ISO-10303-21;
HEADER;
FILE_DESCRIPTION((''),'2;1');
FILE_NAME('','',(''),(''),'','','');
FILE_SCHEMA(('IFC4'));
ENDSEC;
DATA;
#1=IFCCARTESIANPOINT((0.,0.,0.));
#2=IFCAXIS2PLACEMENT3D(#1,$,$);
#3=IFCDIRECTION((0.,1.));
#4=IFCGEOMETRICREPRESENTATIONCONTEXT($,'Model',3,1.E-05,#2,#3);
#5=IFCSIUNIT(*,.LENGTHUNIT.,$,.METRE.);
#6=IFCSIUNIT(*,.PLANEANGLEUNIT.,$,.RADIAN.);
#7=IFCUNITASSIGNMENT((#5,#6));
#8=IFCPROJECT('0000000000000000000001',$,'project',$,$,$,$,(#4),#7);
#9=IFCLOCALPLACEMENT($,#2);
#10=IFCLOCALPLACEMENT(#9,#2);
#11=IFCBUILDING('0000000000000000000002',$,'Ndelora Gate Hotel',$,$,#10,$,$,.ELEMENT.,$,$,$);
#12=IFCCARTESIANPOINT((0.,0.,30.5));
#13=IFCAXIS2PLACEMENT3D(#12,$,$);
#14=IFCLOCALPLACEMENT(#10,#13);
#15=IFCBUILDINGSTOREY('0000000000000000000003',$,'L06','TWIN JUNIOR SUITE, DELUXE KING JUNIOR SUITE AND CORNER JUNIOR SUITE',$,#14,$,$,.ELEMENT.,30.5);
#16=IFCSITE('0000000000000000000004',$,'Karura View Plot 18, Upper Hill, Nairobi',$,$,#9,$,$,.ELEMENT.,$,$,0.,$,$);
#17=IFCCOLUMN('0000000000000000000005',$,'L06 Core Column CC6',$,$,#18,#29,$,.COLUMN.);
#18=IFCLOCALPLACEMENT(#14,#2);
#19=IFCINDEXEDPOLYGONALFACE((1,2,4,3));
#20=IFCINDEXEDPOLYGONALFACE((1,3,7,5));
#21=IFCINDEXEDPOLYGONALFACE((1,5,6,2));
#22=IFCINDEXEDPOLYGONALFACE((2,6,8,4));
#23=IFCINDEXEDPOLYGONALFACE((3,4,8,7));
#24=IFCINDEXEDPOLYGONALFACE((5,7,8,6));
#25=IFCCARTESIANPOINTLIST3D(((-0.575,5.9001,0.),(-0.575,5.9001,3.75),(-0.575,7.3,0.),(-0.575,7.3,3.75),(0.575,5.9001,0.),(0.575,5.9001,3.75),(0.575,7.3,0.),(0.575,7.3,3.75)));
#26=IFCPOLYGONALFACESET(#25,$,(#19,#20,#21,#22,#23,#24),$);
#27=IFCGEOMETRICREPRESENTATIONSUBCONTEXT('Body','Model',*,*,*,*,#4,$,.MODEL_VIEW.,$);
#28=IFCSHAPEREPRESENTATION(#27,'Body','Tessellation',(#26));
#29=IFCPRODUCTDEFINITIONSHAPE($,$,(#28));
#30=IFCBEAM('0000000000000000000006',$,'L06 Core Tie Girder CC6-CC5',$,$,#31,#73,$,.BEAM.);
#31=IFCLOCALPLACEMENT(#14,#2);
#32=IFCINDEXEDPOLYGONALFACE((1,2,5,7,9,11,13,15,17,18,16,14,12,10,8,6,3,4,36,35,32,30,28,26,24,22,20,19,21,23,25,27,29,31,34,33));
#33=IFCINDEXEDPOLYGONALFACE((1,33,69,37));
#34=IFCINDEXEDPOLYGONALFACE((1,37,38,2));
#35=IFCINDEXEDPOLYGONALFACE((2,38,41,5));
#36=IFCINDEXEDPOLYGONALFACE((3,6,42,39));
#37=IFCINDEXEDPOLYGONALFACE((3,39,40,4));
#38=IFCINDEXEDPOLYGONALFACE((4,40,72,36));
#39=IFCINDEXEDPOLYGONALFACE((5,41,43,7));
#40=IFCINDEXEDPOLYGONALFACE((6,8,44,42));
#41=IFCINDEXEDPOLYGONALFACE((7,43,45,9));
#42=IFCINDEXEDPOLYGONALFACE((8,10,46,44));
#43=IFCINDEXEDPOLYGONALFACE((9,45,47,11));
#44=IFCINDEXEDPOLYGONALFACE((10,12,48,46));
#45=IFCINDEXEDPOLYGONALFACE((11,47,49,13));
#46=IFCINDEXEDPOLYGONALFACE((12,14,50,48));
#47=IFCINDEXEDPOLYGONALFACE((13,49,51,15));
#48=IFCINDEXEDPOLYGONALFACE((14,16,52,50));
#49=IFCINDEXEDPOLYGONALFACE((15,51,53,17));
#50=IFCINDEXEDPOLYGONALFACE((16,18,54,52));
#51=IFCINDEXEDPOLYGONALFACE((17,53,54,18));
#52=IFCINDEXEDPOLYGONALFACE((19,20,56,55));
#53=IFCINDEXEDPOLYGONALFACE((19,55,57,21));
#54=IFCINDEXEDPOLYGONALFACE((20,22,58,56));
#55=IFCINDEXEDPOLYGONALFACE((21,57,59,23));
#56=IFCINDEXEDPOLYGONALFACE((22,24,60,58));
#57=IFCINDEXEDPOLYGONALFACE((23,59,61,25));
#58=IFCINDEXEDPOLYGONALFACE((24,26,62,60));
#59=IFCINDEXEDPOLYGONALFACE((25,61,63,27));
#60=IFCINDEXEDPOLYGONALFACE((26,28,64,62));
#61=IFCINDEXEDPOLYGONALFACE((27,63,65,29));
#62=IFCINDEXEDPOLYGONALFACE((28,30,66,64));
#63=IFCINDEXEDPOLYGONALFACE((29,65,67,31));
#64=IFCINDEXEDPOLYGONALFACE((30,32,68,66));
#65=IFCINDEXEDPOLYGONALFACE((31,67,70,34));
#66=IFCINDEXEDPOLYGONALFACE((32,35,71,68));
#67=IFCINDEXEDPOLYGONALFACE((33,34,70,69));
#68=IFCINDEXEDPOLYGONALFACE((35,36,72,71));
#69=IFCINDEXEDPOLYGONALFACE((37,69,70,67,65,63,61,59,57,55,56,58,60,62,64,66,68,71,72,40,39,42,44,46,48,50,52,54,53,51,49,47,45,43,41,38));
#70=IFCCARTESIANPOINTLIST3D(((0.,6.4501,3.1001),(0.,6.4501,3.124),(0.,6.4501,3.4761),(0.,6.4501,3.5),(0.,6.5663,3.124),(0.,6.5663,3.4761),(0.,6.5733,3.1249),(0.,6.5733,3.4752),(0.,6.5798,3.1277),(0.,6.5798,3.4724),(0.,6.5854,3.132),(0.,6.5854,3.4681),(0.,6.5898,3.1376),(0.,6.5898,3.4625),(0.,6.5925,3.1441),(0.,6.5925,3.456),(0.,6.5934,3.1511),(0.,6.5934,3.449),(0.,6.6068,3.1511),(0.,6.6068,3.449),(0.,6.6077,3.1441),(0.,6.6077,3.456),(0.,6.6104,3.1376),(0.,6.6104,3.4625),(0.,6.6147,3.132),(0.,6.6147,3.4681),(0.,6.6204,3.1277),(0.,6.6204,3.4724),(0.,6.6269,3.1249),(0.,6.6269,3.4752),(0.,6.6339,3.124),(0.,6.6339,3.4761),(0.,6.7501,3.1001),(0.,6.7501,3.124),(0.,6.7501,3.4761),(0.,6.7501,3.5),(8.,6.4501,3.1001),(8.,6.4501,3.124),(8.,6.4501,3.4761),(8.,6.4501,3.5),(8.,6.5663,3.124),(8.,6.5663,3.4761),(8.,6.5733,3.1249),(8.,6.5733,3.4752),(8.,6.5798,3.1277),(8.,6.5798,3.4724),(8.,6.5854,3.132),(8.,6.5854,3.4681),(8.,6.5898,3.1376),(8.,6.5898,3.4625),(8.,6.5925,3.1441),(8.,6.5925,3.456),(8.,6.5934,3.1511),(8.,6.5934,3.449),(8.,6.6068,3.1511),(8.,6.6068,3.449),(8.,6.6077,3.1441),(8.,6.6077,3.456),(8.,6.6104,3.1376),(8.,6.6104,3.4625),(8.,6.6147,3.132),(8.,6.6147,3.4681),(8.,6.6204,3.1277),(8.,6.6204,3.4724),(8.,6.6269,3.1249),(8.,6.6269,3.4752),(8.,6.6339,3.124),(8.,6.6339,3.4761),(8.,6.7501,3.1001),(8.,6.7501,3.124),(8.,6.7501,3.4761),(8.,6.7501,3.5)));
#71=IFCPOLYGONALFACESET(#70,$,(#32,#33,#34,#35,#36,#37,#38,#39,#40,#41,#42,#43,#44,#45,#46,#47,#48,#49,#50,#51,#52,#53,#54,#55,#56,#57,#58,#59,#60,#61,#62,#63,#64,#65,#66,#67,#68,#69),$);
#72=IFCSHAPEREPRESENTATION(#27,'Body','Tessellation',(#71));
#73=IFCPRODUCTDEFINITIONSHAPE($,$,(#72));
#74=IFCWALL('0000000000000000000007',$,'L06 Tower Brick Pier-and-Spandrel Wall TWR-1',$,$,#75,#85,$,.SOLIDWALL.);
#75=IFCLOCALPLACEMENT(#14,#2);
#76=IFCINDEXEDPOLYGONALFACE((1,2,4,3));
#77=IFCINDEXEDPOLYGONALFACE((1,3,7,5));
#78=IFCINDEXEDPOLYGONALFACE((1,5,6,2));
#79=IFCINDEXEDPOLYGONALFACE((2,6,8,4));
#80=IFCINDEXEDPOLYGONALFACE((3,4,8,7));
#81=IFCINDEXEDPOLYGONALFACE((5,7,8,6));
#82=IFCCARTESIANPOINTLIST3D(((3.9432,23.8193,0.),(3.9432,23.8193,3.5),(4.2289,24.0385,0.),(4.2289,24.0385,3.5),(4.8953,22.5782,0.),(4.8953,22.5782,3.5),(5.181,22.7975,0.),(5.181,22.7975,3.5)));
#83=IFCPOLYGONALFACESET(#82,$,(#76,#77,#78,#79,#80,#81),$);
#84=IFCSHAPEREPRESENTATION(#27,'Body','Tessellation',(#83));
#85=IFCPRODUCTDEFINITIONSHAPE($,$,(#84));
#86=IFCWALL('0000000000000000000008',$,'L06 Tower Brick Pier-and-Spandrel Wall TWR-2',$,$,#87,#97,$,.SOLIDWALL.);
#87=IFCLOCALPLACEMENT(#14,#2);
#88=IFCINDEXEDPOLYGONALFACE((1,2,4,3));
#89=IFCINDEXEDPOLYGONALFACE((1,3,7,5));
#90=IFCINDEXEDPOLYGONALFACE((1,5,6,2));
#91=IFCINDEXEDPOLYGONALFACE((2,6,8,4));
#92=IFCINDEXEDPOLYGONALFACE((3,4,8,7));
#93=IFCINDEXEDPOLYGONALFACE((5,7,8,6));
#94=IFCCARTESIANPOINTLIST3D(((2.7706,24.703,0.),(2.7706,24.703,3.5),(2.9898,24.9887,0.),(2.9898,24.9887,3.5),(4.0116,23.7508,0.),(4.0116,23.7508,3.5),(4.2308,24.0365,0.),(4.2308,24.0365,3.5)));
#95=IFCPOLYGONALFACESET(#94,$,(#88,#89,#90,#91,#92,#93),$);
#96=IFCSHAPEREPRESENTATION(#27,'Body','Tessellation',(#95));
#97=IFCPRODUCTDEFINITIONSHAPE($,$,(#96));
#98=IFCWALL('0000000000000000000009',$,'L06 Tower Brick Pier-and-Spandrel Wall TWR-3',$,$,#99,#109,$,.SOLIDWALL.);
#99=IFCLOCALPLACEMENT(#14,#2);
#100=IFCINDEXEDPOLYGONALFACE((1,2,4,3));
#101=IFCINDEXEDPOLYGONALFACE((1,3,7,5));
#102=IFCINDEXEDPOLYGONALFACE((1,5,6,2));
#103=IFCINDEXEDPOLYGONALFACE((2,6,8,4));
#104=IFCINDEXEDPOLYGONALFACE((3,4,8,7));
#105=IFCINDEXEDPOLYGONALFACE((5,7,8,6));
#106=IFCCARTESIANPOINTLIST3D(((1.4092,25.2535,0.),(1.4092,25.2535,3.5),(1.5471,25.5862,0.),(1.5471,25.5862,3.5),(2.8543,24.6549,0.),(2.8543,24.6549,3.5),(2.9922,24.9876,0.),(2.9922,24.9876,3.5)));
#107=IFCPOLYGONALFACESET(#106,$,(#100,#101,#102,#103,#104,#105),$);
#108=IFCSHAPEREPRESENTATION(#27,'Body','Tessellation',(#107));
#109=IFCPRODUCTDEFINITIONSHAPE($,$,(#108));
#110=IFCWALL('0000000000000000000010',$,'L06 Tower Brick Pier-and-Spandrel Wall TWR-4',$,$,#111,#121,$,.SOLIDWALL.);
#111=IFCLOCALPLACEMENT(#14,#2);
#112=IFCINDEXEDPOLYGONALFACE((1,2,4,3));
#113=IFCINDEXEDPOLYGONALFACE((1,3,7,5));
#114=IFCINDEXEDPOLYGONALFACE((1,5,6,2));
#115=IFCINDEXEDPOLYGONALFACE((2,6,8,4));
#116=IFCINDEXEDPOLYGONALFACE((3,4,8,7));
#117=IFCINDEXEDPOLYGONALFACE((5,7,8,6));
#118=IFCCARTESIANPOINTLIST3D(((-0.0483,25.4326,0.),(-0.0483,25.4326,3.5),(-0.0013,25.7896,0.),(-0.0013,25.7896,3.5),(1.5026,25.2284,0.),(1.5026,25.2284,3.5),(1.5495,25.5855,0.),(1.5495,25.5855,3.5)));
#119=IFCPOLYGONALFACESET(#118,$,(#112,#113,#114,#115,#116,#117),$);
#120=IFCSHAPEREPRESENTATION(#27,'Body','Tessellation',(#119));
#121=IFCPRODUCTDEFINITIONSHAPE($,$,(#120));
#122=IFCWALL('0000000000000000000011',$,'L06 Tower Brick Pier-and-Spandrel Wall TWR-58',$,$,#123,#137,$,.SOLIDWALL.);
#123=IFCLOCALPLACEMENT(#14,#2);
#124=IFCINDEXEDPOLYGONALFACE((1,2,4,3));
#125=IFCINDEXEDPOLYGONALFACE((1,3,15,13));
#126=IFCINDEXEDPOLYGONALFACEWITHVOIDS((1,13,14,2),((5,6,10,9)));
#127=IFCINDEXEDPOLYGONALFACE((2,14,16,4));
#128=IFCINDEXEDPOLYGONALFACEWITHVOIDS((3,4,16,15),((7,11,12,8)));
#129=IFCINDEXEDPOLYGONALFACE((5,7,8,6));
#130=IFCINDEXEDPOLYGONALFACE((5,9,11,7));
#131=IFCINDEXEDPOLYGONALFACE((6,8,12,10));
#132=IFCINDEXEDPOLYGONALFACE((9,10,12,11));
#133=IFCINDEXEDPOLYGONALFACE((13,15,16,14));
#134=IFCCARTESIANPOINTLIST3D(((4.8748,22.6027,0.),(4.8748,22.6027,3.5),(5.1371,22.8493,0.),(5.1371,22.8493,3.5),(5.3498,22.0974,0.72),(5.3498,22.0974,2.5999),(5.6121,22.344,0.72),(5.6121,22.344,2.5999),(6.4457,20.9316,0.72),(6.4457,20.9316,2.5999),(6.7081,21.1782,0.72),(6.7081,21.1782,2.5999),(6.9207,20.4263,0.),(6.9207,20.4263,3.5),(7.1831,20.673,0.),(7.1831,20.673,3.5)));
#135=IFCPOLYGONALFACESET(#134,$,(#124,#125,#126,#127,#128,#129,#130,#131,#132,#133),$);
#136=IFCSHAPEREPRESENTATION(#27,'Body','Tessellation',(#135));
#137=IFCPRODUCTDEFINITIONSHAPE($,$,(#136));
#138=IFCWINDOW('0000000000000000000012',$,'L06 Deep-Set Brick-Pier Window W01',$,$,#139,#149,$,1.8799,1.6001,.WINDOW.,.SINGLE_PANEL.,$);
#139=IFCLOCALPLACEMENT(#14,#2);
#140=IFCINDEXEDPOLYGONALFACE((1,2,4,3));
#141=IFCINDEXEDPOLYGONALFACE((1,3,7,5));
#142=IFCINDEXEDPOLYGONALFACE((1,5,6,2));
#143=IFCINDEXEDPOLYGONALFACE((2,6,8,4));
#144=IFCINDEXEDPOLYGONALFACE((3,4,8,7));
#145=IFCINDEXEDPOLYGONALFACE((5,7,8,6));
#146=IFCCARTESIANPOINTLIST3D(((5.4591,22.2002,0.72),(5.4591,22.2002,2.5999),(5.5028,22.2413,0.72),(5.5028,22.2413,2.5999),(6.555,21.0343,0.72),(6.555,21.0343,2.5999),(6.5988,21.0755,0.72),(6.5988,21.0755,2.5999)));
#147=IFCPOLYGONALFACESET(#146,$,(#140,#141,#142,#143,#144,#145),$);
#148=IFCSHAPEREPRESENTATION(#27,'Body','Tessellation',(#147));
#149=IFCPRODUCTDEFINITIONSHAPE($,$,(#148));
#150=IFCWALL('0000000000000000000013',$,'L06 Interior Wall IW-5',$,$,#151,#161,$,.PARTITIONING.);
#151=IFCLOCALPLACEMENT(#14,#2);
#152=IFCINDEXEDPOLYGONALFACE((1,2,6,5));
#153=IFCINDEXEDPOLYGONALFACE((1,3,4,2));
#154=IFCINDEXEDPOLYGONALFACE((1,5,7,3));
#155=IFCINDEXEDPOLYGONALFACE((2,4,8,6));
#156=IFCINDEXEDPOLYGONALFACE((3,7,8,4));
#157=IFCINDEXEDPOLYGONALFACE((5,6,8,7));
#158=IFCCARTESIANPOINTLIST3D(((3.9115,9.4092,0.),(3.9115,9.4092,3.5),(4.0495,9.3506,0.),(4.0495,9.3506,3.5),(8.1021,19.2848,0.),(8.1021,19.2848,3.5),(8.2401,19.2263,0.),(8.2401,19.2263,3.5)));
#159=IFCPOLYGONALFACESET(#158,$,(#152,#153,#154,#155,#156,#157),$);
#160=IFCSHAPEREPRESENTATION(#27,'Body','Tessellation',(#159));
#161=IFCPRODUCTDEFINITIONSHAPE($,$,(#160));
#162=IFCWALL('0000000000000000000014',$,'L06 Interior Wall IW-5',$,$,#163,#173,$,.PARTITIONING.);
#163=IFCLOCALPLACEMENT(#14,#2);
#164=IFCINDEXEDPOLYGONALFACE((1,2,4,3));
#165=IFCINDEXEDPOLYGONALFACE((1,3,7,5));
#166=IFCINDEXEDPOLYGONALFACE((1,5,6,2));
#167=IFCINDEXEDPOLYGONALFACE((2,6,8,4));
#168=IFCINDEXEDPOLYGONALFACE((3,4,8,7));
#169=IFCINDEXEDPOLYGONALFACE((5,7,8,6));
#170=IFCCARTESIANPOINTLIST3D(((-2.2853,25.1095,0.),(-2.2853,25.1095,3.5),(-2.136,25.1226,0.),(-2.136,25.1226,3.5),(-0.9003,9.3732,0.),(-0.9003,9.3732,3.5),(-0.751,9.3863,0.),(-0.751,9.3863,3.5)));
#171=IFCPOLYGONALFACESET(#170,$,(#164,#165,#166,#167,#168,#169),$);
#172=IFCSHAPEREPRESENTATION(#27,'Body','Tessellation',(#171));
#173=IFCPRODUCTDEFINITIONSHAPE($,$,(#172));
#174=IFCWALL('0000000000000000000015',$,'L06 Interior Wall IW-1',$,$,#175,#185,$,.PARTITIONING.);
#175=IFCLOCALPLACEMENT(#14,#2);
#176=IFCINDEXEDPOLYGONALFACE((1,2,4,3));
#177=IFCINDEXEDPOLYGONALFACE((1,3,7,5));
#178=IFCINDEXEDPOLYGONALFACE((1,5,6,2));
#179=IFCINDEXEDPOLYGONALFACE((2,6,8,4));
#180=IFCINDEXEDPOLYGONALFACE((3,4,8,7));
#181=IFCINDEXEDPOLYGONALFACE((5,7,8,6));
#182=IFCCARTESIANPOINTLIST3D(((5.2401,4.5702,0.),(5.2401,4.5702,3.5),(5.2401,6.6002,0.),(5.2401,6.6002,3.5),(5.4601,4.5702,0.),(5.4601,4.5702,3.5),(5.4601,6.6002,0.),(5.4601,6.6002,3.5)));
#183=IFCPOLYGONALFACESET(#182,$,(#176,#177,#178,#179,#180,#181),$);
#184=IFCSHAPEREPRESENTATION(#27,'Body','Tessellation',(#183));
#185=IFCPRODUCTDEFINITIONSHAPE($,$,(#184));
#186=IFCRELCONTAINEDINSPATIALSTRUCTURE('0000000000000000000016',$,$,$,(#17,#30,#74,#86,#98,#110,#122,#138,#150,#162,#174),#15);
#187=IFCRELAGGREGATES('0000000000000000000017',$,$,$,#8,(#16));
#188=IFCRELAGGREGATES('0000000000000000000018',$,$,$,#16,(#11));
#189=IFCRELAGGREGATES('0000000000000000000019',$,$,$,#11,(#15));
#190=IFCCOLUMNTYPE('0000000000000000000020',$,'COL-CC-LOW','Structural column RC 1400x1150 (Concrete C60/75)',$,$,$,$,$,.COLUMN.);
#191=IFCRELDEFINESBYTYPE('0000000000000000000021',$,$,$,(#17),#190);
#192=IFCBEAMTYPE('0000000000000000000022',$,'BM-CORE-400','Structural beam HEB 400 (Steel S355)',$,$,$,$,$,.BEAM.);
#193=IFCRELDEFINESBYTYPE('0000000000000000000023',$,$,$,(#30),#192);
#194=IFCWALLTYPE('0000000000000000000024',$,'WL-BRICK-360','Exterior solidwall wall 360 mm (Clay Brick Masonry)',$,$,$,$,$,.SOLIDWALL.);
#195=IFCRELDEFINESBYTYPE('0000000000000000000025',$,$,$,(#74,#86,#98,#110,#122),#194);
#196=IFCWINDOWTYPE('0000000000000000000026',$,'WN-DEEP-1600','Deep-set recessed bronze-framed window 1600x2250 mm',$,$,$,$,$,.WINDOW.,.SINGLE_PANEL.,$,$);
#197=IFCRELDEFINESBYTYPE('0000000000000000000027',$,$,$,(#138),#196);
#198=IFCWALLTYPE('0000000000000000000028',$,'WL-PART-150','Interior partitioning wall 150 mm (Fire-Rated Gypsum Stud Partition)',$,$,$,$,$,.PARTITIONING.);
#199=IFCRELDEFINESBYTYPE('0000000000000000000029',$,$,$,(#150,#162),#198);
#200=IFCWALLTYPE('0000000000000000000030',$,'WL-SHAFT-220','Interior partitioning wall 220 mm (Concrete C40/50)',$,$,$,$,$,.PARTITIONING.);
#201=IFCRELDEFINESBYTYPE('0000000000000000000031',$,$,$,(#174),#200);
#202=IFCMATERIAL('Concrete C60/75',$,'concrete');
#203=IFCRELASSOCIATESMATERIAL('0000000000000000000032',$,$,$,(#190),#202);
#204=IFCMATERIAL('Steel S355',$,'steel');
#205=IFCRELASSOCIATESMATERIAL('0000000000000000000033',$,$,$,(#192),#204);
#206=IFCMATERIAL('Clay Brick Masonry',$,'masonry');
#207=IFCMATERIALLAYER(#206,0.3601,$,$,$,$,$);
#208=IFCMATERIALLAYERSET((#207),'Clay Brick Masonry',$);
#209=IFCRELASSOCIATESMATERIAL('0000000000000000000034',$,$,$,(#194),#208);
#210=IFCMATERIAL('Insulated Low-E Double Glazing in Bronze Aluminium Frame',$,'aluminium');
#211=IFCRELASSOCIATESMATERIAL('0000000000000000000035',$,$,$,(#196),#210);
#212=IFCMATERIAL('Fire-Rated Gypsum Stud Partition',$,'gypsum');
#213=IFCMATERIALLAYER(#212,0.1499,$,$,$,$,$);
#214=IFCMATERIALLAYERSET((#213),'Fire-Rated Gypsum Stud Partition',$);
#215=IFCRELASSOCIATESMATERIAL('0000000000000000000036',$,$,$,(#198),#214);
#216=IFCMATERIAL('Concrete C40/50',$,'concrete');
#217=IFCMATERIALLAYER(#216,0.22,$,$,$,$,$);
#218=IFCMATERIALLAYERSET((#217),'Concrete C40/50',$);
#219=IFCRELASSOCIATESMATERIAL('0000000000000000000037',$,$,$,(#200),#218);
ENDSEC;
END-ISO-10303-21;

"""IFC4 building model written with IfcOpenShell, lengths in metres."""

from ifc_helpers import new_model, si_unit, direction, frame, frame_2d, origin, origin_2d, place, context, subcontext, project, spatial, rectangle, i_section, extrude, material, layer, layer_set, material_profile, profile_set, type_object, element, fill, save


model = new_model("IFC4")

# Units and contexts
model_context = context("Model", 3, precision=1e-05, world=origin(), true_north=direction((0.0, 1.0)))
body_context = subcontext(model_context, "Body", "Model", "MODEL_VIEW")
ifc_project = project(units=[si_unit("LENGTHUNIT", "METRE"), si_unit("PLANEANGLEUNIT", "RADIAN")], contexts=[model_context])

# Site, building, storey
site_placement = place(None, origin())
site = spatial("IfcSite", under=ifc_project, at=site_placement, Name="Karura View Plot 18, Upper Hill, Nairobi", CompositionType="ELEMENT", RefElevation=0.0)
building_placement = place(site_placement, origin())
building = spatial("IfcBuilding", under=site, at=building_placement, Name="Ndelora Gate Hotel", CompositionType="ELEMENT")
storey_placement = place(building_placement, frame((0.0, 0.0, 30.5)))
storey = spatial("IfcBuildingStorey", under=building, at=storey_placement, Name="L06", Description="TWIN JUNIOR SUITE, DELUXE KING JUNIOR SUITE AND CORNER JUNIOR SUITE", CompositionType="ELEMENT", Elevation=30.5)

# Column
ifc_material_1 = material(Name="Concrete C60/75", Category="concrete")
ifc_material_profile_1 = material_profile(ifc_material_1, rectangle(XDim=1.1499, YDim=1.3999, at=origin_2d()), Name="RC 1400x1150")
ifc_profile_set_1 = profile_set([ifc_material_profile_1], Name="Concrete C60/75")
column_type = type_object("IfcColumnType", Name="COL-CC-LOW", Description="Structural column RC 1400x1150 (Concrete C60/75)", PredefinedType="COLUMN", material=ifc_profile_set_1)
column_placement = place(storey_placement, frame((0.0, 6.6001, 0.0), z_axis=(0.0, 0.0, 1.0), x_axis=(1.0, 0.0, 0.0)))
element("IfcColumn", 1, at=column_placement, inside=storey, type_object=column_type, Name="L06 Core Column CC6", PredefinedType="COLUMN", context=body_context, shape_type="SweptSolid", body=[
    extrude(rectangle(XDim=1.1499, YDim=1.3999, at=origin_2d()), origin(), (0.0, 0.0, 1.0), 3.75),
])

# Beam
ifc_material_2 = material(Name="Steel S355", Category="steel")
ifc_material_profile_2 = material_profile(ifc_material_2, i_section(OverallWidth=0.3, OverallDepth=0.3999, WebThickness=0.0134, FlangeThickness=0.0239, FilletRadius=0.0271, at=origin_2d()), Name="HEB 400")
ifc_profile_set_2 = profile_set([ifc_material_profile_2], Name="Steel S355")
beam_type = type_object("IfcBeamType", Name="BM-CORE-400", Description="Structural beam HEB 400 (Steel S355)", PredefinedType="BEAM", material=ifc_profile_set_2)
beam_placement = place(storey_placement, frame((0.0, 6.6001, 3.3), z_axis=(1.0, 0.0, 0.0), x_axis=(0.0, 1.0, 0.0)))
element("IfcBeam", 2, at=beam_placement, inside=storey, type_object=beam_type, Name="L06 Core Tie Girder CC6-CC5", PredefinedType="BEAM", context=body_context, shape_type="SweptSolid", body=[
    extrude(i_section(OverallWidth=0.3, OverallDepth=0.3999, WebThickness=0.0134, FlangeThickness=0.0239, FilletRadius=0.0271, at=origin_2d()), origin(), (0.0, 0.0, 1.0), 8.0),
])

# Walls
ifc_material_3 = material(Name="Clay Brick Masonry", Category="masonry")
ifc_layer_1 = layer(ifc_material_3, 0.3601)
ifc_layer_set_1 = layer_set([ifc_layer_1], Name="Clay Brick Masonry")
wall_type_1 = type_object("IfcWallType", Name="WL-BRICK-360", Description="Exterior solidwall wall 360 mm (Clay Brick Masonry)", PredefinedType="SOLIDWALL", material=ifc_layer_set_1)
for number, where, z_axis, x_axis, name in (
    (3, (4.0859, 23.929, 0.0), (0.0, 0.0, 1.0), (0.60873, -0.793378, 0.0), "L06 Tower Brick Pier-and-Spandrel Wall TWR-1"),
    (4, (2.8801, 24.8459, 0.0), (0.0, 0.0, 1.0), (0.793378, -0.60873, 0.0), "L06 Tower Brick Pier-and-Spandrel Wall TWR-2"),
    (5, (1.478, 25.4199, 0.0), (0.0, 0.0, 1.0), (0.923865, -0.382719, 0.0), "L06 Tower Brick Pier-and-Spandrel Wall TWR-3"),
    (6, (-0.0249, 25.6111, 0.0), (0.0, 0.0, 1.0), (0.99145, -0.130487, 0.0), "L06 Tower Brick Pier-and-Spandrel Wall TWR-4"),
):
    element("IfcWall", number, at=place(storey_placement, frame(where, z_axis=z_axis, x_axis=x_axis)), inside=storey, type_object=wall_type_1, Name=name, PredefinedType="SOLIDWALL", context=body_context, shape_type="SweptSolid", body=[
        extrude(rectangle(XDim=1.5642, YDim=0.3601, at=frame_2d((0.7822, 0.0))), origin(), (0.0, 0.0, 1.0), 3.5),
    ])

# Wall, opening, window
wall_1_placement = place(storey_placement, frame((5.0059, 22.7261, 0.0), z_axis=(0.0, 0.0, 1.0), x_axis=(0.684946, -0.728593, 0.0)))
wall_1 = element("IfcWall", 7, at=wall_1_placement, inside=storey, type_object=wall_type_1, Name="L06 Tower Brick Pier-and-Spandrel Wall TWR-58", PredefinedType="SOLIDWALL", context=body_context, shape_type="SweptSolid", body=[
    extrude(rectangle(XDim=2.9871, YDim=0.3601, at=frame_2d((1.4937, 0.0))), origin(), (0.0, 0.0, 1.0), 3.5),
])
opening_1_placement = place(wall_1_placement, frame((0.6936, 0.0, 0.72)))
opening_1 = element("IfcOpeningElement", 8, at=opening_1_placement, cuts=wall_1, PredefinedType="OPENING", context=body_context, shape_type="SweptSolid", body=[
    extrude(rectangle(XDim=1.6001, YDim=1.8799, at=frame_2d((0.8, 0.9399))), frame((0.0, 0.1899, 0.0), z_axis=(0.0, -1.0, 0.0), x_axis=(1.0, 0.0, 0.0)), (0.0, 0.0, 1.0), 0.3801),
])
ifc_material_4 = material(Name="Insulated Low-E Double Glazing in Bronze Aluminium Frame", Category="aluminium")
window_type = type_object("IfcWindowType", Name="WN-DEEP-1600", Description="Deep-set recessed bronze-framed window 1600x2250 mm", PartitioningType="SINGLE_PANEL", PredefinedType="WINDOW", material=ifc_material_4)
window_placement = place(opening_1_placement, origin())
window = element("IfcWindow", 9, at=window_placement, inside=storey, type_object=window_type, Name="L06 Deep-Set Brick-Pier Window W01", OverallHeight=1.8799, OverallWidth=1.6001, PartitioningType="SINGLE_PANEL", PredefinedType="WINDOW", context=body_context, shape_type="SweptSolid", body=[
    extrude(rectangle(XDim=1.6001, YDim=1.8799, at=frame_2d((0.8, 0.9399))), frame((0.0, 0.03, 0.0), z_axis=(0.0, -1.0, 0.0), x_axis=(1.0, 0.0, 0.0)), (0.0, 0.0, 1.0), 0.0601),
])
fill(opening_1, window)

# Walls
ifc_material_5 = material(Name="Fire-Rated Gypsum Stud Partition", Category="gypsum")
ifc_layer_2 = layer(ifc_material_5, 0.1499)
ifc_layer_set_2 = layer_set([ifc_layer_2], Name="Fire-Rated Gypsum Stud Partition")
wall_type_2 = type_object("IfcWallType", Name="WL-PART-150", Description="Interior partitioning wall 150 mm (Fire-Rated Gypsum Stud Partition)", PredefinedType="PARTITIONING", material=ifc_layer_set_2)
wall_2_placement = place(storey_placement, frame((3.9805, 9.3799, 0.0), z_axis=(0.0, 0.0, 1.0), x_axis=(0.390626, 0.920549, 0.0)))
element("IfcWall", 10, at=wall_2_placement, inside=storey, type_object=wall_type_2, Name="L06 Interior Wall IW-5", PredefinedType="PARTITIONING", context=body_context, shape_type="SweptSolid", body=[
    extrude(rectangle(XDim=10.728, YDim=0.1499, at=frame_2d((5.364, 0.0))), origin(), (0.0, 0.0, 1.0), 3.5),
])
wall_3_placement = place(storey_placement, frame((-0.8257, 9.3799, 0.0), z_axis=(0.0, 0.0, 1.0), x_axis=(-0.087675, 0.996149, 0.0)))
element("IfcWall", 11, at=wall_3_placement, inside=storey, type_object=wall_type_2, Name="L06 Interior Wall IW-5", PredefinedType="PARTITIONING", context=body_context, shape_type="SweptSolid", body=[
    extrude(rectangle(XDim=15.7971, YDim=0.1499, at=frame_2d((7.8984, 0.0))), origin(), (0.0, 0.0, 1.0), 3.5),
])
ifc_material_6 = material(Name="Concrete C40/50", Category="concrete")
ifc_layer_3 = layer(ifc_material_6, 0.22)
ifc_layer_set_3 = layer_set([ifc_layer_3], Name="Concrete C40/50")
wall_type_3 = type_object("IfcWallType", Name="WL-SHAFT-220", Description="Interior partitioning wall 220 mm (Concrete C40/50)", PredefinedType="PARTITIONING", material=ifc_layer_set_3)
for number, where, z_axis, x_axis, name in (
    (12, (5.3501, 4.5701, 0.0), (0.0, 0.0, 1.0), (0.0, 1.0, 0.0), "L06 Interior Wall IW-1"),
):
    element("IfcWall", number, at=place(storey_placement, frame(where, z_axis=z_axis, x_axis=x_axis)), inside=storey, type_object=wall_type_3, Name=name, PredefinedType="PARTITIONING", context=body_context, shape_type="SweptSolid", body=[
        extrude(rectangle(XDim=2.03, YDim=0.22, at=frame_2d((1.0151, 0.0))), origin(), (0.0, 0.0, 1.0), 3.5),
    ])

save(model, "model.ifc")
